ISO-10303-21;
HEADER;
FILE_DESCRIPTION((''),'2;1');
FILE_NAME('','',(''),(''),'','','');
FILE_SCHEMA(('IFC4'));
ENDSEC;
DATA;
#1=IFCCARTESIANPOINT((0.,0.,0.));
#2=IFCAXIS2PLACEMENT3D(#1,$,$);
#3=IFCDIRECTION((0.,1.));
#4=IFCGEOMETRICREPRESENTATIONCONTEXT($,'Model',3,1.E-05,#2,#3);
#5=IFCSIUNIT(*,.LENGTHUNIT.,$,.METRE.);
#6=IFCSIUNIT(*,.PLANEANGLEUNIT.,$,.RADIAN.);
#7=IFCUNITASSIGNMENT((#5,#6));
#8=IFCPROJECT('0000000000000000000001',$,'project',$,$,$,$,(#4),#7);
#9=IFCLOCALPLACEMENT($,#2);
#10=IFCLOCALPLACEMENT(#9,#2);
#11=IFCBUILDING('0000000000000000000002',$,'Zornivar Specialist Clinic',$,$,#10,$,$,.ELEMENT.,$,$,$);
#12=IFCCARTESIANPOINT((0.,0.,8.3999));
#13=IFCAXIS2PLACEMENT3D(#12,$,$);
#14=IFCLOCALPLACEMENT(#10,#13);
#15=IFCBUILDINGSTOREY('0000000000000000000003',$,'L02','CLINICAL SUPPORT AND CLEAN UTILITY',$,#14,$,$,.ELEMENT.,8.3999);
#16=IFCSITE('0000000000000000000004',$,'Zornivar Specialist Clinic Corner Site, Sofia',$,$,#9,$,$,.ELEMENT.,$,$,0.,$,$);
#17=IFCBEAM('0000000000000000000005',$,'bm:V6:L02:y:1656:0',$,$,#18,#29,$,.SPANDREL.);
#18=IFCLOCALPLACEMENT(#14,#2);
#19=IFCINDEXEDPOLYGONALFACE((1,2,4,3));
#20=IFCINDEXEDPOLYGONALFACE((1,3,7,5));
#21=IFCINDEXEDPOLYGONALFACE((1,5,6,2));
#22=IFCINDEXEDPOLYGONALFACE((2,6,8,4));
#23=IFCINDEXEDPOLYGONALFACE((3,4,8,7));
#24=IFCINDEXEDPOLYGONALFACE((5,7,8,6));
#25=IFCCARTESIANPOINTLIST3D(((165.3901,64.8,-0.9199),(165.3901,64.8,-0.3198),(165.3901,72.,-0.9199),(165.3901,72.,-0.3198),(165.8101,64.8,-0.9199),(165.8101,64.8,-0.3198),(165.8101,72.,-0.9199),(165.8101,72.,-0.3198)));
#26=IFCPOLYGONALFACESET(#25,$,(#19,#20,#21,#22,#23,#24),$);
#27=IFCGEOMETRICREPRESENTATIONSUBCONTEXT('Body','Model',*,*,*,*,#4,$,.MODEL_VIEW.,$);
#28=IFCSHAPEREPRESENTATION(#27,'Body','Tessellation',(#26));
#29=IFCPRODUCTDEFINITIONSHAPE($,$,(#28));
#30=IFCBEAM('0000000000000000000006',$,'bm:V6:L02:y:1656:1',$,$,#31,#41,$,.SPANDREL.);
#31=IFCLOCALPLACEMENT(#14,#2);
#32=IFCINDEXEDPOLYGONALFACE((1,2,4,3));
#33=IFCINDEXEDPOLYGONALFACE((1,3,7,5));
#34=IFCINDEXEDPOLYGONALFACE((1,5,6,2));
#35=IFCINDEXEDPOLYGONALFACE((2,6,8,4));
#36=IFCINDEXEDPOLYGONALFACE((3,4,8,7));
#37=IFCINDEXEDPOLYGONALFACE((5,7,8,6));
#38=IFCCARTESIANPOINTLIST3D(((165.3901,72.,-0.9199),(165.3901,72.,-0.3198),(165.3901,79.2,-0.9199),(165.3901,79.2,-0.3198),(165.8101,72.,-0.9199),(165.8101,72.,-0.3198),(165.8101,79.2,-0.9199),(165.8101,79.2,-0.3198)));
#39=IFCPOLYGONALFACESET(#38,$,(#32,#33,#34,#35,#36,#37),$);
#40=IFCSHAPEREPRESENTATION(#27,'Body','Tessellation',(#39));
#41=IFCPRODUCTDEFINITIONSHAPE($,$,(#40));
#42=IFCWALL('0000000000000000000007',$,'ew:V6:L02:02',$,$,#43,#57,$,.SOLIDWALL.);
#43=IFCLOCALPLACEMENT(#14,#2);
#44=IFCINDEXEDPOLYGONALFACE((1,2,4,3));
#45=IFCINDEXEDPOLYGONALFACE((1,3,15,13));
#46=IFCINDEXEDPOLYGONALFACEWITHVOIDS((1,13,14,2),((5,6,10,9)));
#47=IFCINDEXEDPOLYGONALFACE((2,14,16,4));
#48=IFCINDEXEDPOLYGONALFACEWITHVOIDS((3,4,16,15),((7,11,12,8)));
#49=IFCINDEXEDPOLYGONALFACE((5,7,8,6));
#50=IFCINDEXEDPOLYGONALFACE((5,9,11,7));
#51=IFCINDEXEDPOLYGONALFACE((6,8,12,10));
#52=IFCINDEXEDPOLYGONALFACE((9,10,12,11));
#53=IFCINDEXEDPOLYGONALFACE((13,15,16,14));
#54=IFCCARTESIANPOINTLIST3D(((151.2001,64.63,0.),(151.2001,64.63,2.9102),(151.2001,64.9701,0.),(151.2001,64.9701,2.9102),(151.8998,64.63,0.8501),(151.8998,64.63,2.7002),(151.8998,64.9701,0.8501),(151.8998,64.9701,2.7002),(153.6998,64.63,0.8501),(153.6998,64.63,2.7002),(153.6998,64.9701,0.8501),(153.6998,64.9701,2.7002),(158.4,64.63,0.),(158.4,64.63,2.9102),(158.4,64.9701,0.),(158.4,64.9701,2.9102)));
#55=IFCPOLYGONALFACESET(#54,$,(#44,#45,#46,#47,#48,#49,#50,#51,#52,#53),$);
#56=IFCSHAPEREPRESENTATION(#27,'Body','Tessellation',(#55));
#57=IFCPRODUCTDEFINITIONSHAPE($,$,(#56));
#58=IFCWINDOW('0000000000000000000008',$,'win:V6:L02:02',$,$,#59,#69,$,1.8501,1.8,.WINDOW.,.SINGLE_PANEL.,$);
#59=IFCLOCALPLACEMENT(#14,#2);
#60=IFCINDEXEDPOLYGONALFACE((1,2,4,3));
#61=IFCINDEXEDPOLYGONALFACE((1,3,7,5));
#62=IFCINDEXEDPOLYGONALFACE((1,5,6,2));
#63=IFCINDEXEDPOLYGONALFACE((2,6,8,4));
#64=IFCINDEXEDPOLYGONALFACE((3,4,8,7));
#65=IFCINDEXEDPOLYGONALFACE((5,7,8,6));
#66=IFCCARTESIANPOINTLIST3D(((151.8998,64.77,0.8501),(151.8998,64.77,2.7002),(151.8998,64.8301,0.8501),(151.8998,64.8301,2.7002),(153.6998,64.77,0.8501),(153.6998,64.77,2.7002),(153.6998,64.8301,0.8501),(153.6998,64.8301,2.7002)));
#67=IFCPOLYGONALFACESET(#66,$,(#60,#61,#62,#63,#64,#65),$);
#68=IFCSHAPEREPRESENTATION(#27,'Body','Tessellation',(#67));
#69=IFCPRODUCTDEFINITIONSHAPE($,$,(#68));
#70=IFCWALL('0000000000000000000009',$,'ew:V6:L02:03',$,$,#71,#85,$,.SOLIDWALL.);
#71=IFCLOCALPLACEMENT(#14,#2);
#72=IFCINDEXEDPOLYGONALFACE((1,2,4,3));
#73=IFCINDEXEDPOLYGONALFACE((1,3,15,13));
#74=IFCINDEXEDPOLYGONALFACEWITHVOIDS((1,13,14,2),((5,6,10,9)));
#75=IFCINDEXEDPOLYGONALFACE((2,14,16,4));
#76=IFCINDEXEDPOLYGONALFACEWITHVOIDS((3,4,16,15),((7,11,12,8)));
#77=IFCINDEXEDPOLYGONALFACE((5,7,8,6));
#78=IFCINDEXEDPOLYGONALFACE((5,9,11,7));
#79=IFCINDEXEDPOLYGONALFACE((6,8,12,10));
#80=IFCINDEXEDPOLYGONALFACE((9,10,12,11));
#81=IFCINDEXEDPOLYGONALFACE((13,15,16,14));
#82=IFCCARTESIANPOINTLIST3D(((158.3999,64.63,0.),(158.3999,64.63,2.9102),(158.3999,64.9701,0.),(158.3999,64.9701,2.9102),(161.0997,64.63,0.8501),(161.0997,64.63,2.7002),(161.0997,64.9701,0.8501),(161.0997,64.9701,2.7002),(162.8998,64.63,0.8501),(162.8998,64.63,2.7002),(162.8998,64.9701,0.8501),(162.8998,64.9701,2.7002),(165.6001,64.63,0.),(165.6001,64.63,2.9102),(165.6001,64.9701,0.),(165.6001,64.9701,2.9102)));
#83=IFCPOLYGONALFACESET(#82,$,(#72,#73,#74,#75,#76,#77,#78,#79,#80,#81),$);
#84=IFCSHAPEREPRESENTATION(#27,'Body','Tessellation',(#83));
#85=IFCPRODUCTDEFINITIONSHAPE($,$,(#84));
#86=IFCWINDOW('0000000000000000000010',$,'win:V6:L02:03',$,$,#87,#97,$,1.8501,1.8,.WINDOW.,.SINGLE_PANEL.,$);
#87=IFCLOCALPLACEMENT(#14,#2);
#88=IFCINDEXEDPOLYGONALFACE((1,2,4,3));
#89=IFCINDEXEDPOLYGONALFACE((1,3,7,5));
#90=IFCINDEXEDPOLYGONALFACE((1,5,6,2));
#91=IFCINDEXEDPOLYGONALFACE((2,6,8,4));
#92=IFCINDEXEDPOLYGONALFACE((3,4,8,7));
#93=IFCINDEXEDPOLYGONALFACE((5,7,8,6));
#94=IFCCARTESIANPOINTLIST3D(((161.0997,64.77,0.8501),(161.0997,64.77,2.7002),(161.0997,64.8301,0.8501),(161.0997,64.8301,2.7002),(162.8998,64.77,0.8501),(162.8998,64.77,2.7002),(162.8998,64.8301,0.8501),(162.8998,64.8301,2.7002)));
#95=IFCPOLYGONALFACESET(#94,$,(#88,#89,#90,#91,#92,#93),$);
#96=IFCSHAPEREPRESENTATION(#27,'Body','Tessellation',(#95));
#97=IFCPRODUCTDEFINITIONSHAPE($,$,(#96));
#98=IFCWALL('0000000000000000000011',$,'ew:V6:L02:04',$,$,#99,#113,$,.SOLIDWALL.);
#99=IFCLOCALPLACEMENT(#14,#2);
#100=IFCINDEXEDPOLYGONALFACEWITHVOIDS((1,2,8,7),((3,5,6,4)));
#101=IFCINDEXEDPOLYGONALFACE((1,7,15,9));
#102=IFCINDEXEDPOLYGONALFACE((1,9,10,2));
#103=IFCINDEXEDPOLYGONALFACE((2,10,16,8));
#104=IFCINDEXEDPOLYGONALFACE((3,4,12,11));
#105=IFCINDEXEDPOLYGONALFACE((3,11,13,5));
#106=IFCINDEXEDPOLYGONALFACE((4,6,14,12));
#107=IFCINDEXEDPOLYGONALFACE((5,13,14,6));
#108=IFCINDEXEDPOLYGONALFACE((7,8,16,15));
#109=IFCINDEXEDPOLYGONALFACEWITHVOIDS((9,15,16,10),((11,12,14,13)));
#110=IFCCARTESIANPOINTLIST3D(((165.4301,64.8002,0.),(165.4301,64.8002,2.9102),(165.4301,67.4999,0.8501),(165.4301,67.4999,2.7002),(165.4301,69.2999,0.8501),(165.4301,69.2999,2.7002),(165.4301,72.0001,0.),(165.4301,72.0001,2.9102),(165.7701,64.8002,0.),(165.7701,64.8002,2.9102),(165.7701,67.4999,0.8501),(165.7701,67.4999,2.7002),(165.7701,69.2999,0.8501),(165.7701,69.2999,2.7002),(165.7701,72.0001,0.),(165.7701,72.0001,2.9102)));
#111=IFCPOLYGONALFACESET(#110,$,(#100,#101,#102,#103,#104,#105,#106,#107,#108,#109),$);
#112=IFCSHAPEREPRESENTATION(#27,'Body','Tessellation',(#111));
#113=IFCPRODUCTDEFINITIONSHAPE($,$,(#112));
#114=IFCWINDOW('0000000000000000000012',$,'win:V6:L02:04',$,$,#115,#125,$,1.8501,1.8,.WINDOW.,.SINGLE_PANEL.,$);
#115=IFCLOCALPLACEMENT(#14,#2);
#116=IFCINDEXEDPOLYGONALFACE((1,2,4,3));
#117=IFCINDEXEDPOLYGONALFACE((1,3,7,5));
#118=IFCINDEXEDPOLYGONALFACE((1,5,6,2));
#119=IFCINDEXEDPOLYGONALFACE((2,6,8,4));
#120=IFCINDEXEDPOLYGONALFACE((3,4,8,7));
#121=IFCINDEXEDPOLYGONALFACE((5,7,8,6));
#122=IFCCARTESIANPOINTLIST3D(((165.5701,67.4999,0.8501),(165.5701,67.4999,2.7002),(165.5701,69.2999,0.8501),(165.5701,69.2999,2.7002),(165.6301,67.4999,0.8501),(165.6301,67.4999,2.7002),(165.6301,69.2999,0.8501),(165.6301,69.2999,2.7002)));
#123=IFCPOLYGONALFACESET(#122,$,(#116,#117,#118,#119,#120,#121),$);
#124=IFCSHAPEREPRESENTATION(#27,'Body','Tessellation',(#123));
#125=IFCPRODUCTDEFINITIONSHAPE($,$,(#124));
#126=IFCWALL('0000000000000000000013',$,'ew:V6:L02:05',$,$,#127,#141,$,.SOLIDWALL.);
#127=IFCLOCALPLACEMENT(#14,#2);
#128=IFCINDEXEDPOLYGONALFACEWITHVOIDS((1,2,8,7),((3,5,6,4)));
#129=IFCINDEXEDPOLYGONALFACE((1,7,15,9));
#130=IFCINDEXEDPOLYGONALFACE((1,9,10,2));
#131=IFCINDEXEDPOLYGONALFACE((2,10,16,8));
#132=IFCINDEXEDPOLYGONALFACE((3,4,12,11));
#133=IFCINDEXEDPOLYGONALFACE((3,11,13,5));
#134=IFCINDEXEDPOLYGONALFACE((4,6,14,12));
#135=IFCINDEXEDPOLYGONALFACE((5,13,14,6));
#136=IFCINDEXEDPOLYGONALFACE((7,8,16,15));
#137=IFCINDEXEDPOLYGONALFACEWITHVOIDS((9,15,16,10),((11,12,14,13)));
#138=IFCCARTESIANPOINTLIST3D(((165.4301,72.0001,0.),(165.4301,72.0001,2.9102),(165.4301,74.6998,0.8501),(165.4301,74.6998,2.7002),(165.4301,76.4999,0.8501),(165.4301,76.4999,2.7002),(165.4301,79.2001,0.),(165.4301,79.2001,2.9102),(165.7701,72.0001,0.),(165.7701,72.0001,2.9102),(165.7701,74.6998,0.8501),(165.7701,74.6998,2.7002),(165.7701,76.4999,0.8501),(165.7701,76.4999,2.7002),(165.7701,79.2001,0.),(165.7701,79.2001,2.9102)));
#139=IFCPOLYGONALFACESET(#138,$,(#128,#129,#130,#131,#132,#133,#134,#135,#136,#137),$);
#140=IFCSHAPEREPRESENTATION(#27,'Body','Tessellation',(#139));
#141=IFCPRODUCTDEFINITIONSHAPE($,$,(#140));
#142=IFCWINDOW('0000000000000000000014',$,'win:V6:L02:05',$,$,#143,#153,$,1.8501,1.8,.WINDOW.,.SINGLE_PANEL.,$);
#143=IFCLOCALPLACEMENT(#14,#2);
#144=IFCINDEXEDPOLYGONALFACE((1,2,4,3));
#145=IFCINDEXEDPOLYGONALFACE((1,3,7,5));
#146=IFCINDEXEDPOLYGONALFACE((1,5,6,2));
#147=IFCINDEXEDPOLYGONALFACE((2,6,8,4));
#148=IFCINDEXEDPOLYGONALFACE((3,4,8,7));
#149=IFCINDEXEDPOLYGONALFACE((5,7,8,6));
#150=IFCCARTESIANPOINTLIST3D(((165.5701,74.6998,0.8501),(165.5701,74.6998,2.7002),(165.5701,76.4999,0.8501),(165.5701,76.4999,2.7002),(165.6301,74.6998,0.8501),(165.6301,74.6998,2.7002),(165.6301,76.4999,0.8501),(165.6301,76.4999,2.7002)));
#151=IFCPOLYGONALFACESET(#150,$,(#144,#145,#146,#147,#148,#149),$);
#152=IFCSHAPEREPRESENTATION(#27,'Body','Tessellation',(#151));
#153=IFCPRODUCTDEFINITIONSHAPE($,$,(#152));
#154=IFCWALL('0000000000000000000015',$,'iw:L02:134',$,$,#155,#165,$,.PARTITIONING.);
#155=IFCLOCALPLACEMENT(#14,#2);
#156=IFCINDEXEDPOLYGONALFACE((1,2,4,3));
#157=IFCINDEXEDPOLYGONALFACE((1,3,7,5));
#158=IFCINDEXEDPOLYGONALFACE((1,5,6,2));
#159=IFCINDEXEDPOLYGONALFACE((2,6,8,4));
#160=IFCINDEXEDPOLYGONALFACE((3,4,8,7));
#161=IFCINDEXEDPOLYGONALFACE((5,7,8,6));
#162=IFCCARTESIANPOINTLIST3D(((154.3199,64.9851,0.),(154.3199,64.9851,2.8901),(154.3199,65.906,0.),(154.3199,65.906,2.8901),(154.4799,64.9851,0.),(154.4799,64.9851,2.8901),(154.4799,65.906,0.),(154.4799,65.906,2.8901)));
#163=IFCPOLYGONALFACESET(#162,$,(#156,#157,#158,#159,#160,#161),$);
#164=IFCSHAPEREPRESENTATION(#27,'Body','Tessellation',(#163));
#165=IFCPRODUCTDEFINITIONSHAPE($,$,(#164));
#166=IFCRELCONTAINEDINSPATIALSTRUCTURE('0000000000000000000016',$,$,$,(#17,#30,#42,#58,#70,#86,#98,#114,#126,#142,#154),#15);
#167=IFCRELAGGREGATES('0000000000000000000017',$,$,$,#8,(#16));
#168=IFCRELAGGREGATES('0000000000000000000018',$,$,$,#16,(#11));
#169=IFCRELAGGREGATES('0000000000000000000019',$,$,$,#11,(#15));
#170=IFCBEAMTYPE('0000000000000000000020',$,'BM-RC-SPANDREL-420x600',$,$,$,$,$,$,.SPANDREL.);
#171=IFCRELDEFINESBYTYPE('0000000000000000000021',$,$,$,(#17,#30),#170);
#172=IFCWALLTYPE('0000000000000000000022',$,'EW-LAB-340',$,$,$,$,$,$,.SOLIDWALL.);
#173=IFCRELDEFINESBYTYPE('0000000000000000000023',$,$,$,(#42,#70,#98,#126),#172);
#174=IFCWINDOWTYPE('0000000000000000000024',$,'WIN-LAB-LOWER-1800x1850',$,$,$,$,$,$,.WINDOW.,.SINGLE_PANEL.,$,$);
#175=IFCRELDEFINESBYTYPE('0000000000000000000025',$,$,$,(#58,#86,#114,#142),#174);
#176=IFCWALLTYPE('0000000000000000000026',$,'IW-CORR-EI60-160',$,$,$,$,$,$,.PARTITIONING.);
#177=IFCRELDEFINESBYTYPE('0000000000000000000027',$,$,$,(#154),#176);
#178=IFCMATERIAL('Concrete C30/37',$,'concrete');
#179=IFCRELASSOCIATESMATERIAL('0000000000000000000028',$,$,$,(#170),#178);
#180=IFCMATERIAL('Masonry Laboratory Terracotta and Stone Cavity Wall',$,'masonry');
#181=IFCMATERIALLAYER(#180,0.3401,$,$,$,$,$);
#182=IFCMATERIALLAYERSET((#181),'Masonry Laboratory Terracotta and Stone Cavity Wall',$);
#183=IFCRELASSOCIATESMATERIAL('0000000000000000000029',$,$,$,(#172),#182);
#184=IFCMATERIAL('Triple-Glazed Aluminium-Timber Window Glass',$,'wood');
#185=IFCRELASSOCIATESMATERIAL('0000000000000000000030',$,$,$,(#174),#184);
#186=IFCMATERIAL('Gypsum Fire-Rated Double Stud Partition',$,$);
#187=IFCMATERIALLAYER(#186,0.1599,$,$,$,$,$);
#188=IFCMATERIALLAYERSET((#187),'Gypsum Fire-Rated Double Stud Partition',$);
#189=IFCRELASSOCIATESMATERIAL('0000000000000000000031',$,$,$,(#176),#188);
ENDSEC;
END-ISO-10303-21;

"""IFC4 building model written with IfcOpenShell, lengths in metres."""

from ifc_helpers import new_model, si_unit, direction, frame, frame_2d, origin, origin_2d, place, context, subcontext, project, spatial, rectangle, extrude, material, layer, layer_set, material_profile, profile_set, type_object, element, fill, save


model = new_model("IFC4")

# Units and contexts
model_context = context("Model", 3, precision=1e-05, world=origin(), true_north=direction((0.0, 1.0)))
body_context = subcontext(model_context, "Body", "Model", "MODEL_VIEW")
ifc_project = project(units=[si_unit("LENGTHUNIT", "METRE"), si_unit("PLANEANGLEUNIT", "RADIAN")], contexts=[model_context])

# Site, building, storey
site_placement = place(None, origin())
site = spatial("IfcSite", under=ifc_project, at=site_placement, Name="Zornivar Specialist Clinic Corner Site, Sofia", CompositionType="ELEMENT", RefElevation=0.0)
building_placement = place(site_placement, origin())
building = spatial("IfcBuilding", under=site, at=building_placement, Name="Zornivar Specialist Clinic", CompositionType="ELEMENT")
storey_placement = place(building_placement, frame((0.0, 0.0, 8.3999)))
storey = spatial("IfcBuildingStorey", under=building, at=storey_placement, Name="L02", Description="CLINICAL SUPPORT AND CLEAN UTILITY", CompositionType="ELEMENT", Elevation=8.3999)

# Beams
ifc_material_1 = material(Name="Concrete C30/37", Category="concrete")
ifc_material_profile_1 = material_profile(ifc_material_1, rectangle(XDim=0.4199, YDim=0.6001, at=origin_2d()), Name="RC 420x600")
ifc_profile_set_1 = profile_set([ifc_material_profile_1], Name="Concrete C30/37")
beam_type_1 = type_object("IfcBeamType", Name="BM-RC-SPANDREL-420x600", PredefinedType="SPANDREL", material=ifc_profile_set_1)
for number, where, z_axis, x_axis, name in (
    (1, (165.6001, 64.8, -0.6199), (0.0, 1.0, 0.0), (-1.0, 0.0, 0.0), "bm:V6:L02:y:1656:0"),
    (2, (165.6001, 72.0, -0.6199), (0.0, 1.0, 0.0), (-1.0, 0.0, 0.0), "bm:V6:L02:y:1656:1"),
):
    element("IfcBeam", number, at=place(storey_placement, frame(where, z_axis=z_axis, x_axis=x_axis)), inside=storey, type_object=beam_type_1, Name=name, PredefinedType="SPANDREL", context=body_context, shape_type="SweptSolid", body=[
        extrude(rectangle(XDim=0.4199, YDim=0.6001, at=origin_2d()), origin(), (0.0, 0.0, 1.0), 7.2),
    ])

# Walls, openings, windows
ifc_material_2 = material(Name="Masonry Laboratory Terracotta and Stone Cavity Wall", Category="masonry")
ifc_layer_1 = layer(ifc_material_2, 0.3401)
ifc_layer_set_1 = layer_set([ifc_layer_1], Name="Masonry Laboratory Terracotta and Stone Cavity Wall")
wall_type_1 = type_object("IfcWallType", Name="EW-LAB-340", PredefinedType="SOLIDWALL", material=ifc_layer_set_1)
wall_1_placement = place(storey_placement, frame((151.2, 64.8, 0.0), z_axis=(0.0, 0.0, 1.0), x_axis=(1.0, 0.0, 0.0)))
wall_1 = element("IfcWall", 3, at=wall_1_placement, inside=storey, type_object=wall_type_1, Name="ew:V6:L02:02", PredefinedType="SOLIDWALL", context=body_context, shape_type="SweptSolid", body=[
    extrude(rectangle(XDim=7.2, YDim=0.3401, at=frame_2d((3.6001, 0.0))), origin(), (0.0, 0.0, 1.0), 2.9102),
])
opening_1_placement = place(wall_1_placement, frame((0.7, 0.0, 0.8501)))
opening_1 = element("IfcOpeningElement", 4, at=opening_1_placement, cuts=wall_1, PredefinedType="OPENING", context=body_context, shape_type="SweptSolid", body=[
    extrude(rectangle(XDim=1.8, YDim=1.8501, at=frame_2d((0.8999, 0.925))), frame((0.0, 0.1799, 0.0), z_axis=(0.0, -1.0, 0.0), x_axis=(1.0, 0.0, 0.0)), (0.0, 0.0, 1.0), 0.3601),
])
ifc_material_3 = material(Name="Triple-Glazed Aluminium-Timber Window Glass", Category="wood")
window_type = type_object("IfcWindowType", Name="WIN-LAB-LOWER-1800x1850", PartitioningType="SINGLE_PANEL", PredefinedType="WINDOW", material=ifc_material_3)
window_1_placement = place(opening_1_placement, origin())
window_1 = element("IfcWindow", 5, at=window_1_placement, inside=storey, type_object=window_type, Name="win:V6:L02:02", OverallHeight=1.8501, OverallWidth=1.8, PartitioningType="SINGLE_PANEL", PredefinedType="WINDOW", context=body_context, shape_type="SweptSolid", body=[
    extrude(rectangle(XDim=1.8, YDim=1.8501, at=frame_2d((0.8999, 0.925))), frame((0.0, 0.03, 0.0), z_axis=(0.0, -1.0, 0.0), x_axis=(1.0, 0.0, 0.0)), (0.0, 0.0, 1.0), 0.0601),
])
fill(opening_1, window_1)
wall_2_placement = place(storey_placement, frame((158.3999, 64.8, 0.0), z_axis=(0.0, 0.0, 1.0), x_axis=(1.0, 0.0, 0.0)))
wall_2 = element("IfcWall", 6, at=wall_2_placement, inside=storey, type_object=wall_type_1, Name="ew:V6:L02:03", PredefinedType="SOLIDWALL", context=body_context, shape_type="SweptSolid", body=[
    extrude(rectangle(XDim=7.2002, YDim=0.3401, at=frame_2d((3.6001, 0.0))), origin(), (0.0, 0.0, 1.0), 2.9102),
])
opening_2_placement = place(wall_2_placement, frame((2.7, 0.0, 0.8501)))
opening_2 = element("IfcOpeningElement", 7, at=opening_2_placement, cuts=wall_2, PredefinedType="OPENING", context=body_context, shape_type="SweptSolid", body=[
    extrude(rectangle(XDim=1.8, YDim=1.8501, at=frame_2d((0.8999, 0.925))), frame((0.0, 0.1799, 0.0), z_axis=(0.0, -1.0, 0.0), x_axis=(1.0, 0.0, 0.0)), (0.0, 0.0, 1.0), 0.3601),
])
window_2_placement = place(opening_2_placement, origin())
window_2 = element("IfcWindow", 8, at=window_2_placement, inside=storey, type_object=window_type, Name="win:V6:L02:03", OverallHeight=1.8501, OverallWidth=1.8, PartitioningType="SINGLE_PANEL", PredefinedType="WINDOW", context=body_context, shape_type="SweptSolid", body=[
    extrude(rectangle(XDim=1.8, YDim=1.8501, at=frame_2d((0.8999, 0.925))), frame((0.0, 0.03, 0.0), z_axis=(0.0, -1.0, 0.0), x_axis=(1.0, 0.0, 0.0)), (0.0, 0.0, 1.0), 0.0601),
])
fill(opening_2, window_2)
wall_3_placement = place(storey_placement, frame((165.6001, 64.8, 0.0), z_axis=(0.0, 0.0, 1.0), x_axis=(0.0, 1.0, 0.0)))
wall_3 = element("IfcWall", 9, at=wall_3_placement, inside=storey, type_object=wall_type_1, Name="ew:V6:L02:04", PredefinedType="SOLIDWALL", context=body_context, shape_type="SweptSolid", body=[
    extrude(rectangle(XDim=7.2, YDim=0.3401, at=frame_2d((3.6001, 0.0))), origin(), (0.0, 0.0, 1.0), 2.9102),
])
opening_3_placement = place(wall_3_placement, frame((2.7, 0.0, 0.8501)))
opening_3 = element("IfcOpeningElement", 10, at=opening_3_placement, cuts=wall_3, PredefinedType="OPENING", context=body_context, shape_type="SweptSolid", body=[
    extrude(rectangle(XDim=1.8, YDim=1.8501, at=frame_2d((0.8999, 0.925))), frame((0.0, 0.1799, 0.0), z_axis=(0.0, -1.0, 0.0), x_axis=(1.0, 0.0, 0.0)), (0.0, 0.0, 1.0), 0.3601),
])
window_3_placement = place(opening_3_placement, origin())
window_3 = element("IfcWindow", 11, at=window_3_placement, inside=storey, type_object=window_type, Name="win:V6:L02:04", OverallHeight=1.8501, OverallWidth=1.8, PartitioningType="SINGLE_PANEL", PredefinedType="WINDOW", context=body_context, shape_type="SweptSolid", body=[
    extrude(rectangle(XDim=1.8, YDim=1.8501, at=frame_2d((0.8999, 0.925))), frame((0.0, 0.03, 0.0), z_axis=(0.0, -1.0, 0.0), x_axis=(1.0, 0.0, 0.0)), (0.0, 0.0, 1.0), 0.0601),
])
fill(opening_3, window_3)
wall_4_placement = place(storey_placement, frame((165.6001, 72.0, 0.0), z_axis=(0.0, 0.0, 1.0), x_axis=(0.0, 1.0, 0.0)))
wall_4 = element("IfcWall", 12, at=wall_4_placement, inside=storey, type_object=wall_type_1, Name="ew:V6:L02:05", PredefinedType="SOLIDWALL", context=body_context, shape_type="SweptSolid", body=[
    extrude(rectangle(XDim=7.2, YDim=0.3401, at=frame_2d((3.6001, 0.0))), origin(), (0.0, 0.0, 1.0), 2.9102),
])
opening_4_placement = place(wall_4_placement, frame((2.7, 0.0, 0.8501)))
opening_4 = element("IfcOpeningElement", 13, at=opening_4_placement, cuts=wall_4, PredefinedType="OPENING", context=body_context, shape_type="SweptSolid", body=[
    extrude(rectangle(XDim=1.8, YDim=1.8501, at=frame_2d((0.8999, 0.925))), frame((0.0, 0.1799, 0.0), z_axis=(0.0, -1.0, 0.0), x_axis=(1.0, 0.0, 0.0)), (0.0, 0.0, 1.0), 0.3601),
])
window_4_placement = place(opening_4_placement, origin())
window_4 = element("IfcWindow", 14, at=window_4_placement, inside=storey, type_object=window_type, Name="win:V6:L02:05", OverallHeight=1.8501, OverallWidth=1.8, PartitioningType="SINGLE_PANEL", PredefinedType="WINDOW", context=body_context, shape_type="SweptSolid", body=[
    extrude(rectangle(XDim=1.8, YDim=1.8501, at=frame_2d((0.8999, 0.925))), frame((0.0, 0.03, 0.0), z_axis=(0.0, -1.0, 0.0), x_axis=(1.0, 0.0, 0.0)), (0.0, 0.0, 1.0), 0.0601),
])
fill(opening_4, window_4)

# Wall
ifc_material_4 = material(Name="Gypsum Fire-Rated Double Stud Partition")
ifc_layer_2 = layer(ifc_material_4, 0.1599)
ifc_layer_set_2 = layer_set([ifc_layer_2], Name="Gypsum Fire-Rated Double Stud Partition")
wall_type_2 = type_object("IfcWallType", Name="IW-CORR-EI60-160", PredefinedType="PARTITIONING", material=ifc_layer_set_2)
wall_5_placement = place(storey_placement, frame((154.3999, 65.906, 0.0), z_axis=(0.0, 0.0, 1.0), x_axis=(0.0, -1.0, 0.0)))
element("IfcWall", 15, at=wall_5_placement, inside=storey, type_object=wall_type_2, Name="iw:L02:134", PredefinedType="PARTITIONING", context=body_context, shape_type="SweptSolid", body=[
    extrude(rectangle(XDim=0.9209, YDim=0.1599, at=frame_2d((0.4604, 0.0))), origin(), (0.0, 0.0, 1.0), 2.8901),
])

save(model, "model.ifc")
